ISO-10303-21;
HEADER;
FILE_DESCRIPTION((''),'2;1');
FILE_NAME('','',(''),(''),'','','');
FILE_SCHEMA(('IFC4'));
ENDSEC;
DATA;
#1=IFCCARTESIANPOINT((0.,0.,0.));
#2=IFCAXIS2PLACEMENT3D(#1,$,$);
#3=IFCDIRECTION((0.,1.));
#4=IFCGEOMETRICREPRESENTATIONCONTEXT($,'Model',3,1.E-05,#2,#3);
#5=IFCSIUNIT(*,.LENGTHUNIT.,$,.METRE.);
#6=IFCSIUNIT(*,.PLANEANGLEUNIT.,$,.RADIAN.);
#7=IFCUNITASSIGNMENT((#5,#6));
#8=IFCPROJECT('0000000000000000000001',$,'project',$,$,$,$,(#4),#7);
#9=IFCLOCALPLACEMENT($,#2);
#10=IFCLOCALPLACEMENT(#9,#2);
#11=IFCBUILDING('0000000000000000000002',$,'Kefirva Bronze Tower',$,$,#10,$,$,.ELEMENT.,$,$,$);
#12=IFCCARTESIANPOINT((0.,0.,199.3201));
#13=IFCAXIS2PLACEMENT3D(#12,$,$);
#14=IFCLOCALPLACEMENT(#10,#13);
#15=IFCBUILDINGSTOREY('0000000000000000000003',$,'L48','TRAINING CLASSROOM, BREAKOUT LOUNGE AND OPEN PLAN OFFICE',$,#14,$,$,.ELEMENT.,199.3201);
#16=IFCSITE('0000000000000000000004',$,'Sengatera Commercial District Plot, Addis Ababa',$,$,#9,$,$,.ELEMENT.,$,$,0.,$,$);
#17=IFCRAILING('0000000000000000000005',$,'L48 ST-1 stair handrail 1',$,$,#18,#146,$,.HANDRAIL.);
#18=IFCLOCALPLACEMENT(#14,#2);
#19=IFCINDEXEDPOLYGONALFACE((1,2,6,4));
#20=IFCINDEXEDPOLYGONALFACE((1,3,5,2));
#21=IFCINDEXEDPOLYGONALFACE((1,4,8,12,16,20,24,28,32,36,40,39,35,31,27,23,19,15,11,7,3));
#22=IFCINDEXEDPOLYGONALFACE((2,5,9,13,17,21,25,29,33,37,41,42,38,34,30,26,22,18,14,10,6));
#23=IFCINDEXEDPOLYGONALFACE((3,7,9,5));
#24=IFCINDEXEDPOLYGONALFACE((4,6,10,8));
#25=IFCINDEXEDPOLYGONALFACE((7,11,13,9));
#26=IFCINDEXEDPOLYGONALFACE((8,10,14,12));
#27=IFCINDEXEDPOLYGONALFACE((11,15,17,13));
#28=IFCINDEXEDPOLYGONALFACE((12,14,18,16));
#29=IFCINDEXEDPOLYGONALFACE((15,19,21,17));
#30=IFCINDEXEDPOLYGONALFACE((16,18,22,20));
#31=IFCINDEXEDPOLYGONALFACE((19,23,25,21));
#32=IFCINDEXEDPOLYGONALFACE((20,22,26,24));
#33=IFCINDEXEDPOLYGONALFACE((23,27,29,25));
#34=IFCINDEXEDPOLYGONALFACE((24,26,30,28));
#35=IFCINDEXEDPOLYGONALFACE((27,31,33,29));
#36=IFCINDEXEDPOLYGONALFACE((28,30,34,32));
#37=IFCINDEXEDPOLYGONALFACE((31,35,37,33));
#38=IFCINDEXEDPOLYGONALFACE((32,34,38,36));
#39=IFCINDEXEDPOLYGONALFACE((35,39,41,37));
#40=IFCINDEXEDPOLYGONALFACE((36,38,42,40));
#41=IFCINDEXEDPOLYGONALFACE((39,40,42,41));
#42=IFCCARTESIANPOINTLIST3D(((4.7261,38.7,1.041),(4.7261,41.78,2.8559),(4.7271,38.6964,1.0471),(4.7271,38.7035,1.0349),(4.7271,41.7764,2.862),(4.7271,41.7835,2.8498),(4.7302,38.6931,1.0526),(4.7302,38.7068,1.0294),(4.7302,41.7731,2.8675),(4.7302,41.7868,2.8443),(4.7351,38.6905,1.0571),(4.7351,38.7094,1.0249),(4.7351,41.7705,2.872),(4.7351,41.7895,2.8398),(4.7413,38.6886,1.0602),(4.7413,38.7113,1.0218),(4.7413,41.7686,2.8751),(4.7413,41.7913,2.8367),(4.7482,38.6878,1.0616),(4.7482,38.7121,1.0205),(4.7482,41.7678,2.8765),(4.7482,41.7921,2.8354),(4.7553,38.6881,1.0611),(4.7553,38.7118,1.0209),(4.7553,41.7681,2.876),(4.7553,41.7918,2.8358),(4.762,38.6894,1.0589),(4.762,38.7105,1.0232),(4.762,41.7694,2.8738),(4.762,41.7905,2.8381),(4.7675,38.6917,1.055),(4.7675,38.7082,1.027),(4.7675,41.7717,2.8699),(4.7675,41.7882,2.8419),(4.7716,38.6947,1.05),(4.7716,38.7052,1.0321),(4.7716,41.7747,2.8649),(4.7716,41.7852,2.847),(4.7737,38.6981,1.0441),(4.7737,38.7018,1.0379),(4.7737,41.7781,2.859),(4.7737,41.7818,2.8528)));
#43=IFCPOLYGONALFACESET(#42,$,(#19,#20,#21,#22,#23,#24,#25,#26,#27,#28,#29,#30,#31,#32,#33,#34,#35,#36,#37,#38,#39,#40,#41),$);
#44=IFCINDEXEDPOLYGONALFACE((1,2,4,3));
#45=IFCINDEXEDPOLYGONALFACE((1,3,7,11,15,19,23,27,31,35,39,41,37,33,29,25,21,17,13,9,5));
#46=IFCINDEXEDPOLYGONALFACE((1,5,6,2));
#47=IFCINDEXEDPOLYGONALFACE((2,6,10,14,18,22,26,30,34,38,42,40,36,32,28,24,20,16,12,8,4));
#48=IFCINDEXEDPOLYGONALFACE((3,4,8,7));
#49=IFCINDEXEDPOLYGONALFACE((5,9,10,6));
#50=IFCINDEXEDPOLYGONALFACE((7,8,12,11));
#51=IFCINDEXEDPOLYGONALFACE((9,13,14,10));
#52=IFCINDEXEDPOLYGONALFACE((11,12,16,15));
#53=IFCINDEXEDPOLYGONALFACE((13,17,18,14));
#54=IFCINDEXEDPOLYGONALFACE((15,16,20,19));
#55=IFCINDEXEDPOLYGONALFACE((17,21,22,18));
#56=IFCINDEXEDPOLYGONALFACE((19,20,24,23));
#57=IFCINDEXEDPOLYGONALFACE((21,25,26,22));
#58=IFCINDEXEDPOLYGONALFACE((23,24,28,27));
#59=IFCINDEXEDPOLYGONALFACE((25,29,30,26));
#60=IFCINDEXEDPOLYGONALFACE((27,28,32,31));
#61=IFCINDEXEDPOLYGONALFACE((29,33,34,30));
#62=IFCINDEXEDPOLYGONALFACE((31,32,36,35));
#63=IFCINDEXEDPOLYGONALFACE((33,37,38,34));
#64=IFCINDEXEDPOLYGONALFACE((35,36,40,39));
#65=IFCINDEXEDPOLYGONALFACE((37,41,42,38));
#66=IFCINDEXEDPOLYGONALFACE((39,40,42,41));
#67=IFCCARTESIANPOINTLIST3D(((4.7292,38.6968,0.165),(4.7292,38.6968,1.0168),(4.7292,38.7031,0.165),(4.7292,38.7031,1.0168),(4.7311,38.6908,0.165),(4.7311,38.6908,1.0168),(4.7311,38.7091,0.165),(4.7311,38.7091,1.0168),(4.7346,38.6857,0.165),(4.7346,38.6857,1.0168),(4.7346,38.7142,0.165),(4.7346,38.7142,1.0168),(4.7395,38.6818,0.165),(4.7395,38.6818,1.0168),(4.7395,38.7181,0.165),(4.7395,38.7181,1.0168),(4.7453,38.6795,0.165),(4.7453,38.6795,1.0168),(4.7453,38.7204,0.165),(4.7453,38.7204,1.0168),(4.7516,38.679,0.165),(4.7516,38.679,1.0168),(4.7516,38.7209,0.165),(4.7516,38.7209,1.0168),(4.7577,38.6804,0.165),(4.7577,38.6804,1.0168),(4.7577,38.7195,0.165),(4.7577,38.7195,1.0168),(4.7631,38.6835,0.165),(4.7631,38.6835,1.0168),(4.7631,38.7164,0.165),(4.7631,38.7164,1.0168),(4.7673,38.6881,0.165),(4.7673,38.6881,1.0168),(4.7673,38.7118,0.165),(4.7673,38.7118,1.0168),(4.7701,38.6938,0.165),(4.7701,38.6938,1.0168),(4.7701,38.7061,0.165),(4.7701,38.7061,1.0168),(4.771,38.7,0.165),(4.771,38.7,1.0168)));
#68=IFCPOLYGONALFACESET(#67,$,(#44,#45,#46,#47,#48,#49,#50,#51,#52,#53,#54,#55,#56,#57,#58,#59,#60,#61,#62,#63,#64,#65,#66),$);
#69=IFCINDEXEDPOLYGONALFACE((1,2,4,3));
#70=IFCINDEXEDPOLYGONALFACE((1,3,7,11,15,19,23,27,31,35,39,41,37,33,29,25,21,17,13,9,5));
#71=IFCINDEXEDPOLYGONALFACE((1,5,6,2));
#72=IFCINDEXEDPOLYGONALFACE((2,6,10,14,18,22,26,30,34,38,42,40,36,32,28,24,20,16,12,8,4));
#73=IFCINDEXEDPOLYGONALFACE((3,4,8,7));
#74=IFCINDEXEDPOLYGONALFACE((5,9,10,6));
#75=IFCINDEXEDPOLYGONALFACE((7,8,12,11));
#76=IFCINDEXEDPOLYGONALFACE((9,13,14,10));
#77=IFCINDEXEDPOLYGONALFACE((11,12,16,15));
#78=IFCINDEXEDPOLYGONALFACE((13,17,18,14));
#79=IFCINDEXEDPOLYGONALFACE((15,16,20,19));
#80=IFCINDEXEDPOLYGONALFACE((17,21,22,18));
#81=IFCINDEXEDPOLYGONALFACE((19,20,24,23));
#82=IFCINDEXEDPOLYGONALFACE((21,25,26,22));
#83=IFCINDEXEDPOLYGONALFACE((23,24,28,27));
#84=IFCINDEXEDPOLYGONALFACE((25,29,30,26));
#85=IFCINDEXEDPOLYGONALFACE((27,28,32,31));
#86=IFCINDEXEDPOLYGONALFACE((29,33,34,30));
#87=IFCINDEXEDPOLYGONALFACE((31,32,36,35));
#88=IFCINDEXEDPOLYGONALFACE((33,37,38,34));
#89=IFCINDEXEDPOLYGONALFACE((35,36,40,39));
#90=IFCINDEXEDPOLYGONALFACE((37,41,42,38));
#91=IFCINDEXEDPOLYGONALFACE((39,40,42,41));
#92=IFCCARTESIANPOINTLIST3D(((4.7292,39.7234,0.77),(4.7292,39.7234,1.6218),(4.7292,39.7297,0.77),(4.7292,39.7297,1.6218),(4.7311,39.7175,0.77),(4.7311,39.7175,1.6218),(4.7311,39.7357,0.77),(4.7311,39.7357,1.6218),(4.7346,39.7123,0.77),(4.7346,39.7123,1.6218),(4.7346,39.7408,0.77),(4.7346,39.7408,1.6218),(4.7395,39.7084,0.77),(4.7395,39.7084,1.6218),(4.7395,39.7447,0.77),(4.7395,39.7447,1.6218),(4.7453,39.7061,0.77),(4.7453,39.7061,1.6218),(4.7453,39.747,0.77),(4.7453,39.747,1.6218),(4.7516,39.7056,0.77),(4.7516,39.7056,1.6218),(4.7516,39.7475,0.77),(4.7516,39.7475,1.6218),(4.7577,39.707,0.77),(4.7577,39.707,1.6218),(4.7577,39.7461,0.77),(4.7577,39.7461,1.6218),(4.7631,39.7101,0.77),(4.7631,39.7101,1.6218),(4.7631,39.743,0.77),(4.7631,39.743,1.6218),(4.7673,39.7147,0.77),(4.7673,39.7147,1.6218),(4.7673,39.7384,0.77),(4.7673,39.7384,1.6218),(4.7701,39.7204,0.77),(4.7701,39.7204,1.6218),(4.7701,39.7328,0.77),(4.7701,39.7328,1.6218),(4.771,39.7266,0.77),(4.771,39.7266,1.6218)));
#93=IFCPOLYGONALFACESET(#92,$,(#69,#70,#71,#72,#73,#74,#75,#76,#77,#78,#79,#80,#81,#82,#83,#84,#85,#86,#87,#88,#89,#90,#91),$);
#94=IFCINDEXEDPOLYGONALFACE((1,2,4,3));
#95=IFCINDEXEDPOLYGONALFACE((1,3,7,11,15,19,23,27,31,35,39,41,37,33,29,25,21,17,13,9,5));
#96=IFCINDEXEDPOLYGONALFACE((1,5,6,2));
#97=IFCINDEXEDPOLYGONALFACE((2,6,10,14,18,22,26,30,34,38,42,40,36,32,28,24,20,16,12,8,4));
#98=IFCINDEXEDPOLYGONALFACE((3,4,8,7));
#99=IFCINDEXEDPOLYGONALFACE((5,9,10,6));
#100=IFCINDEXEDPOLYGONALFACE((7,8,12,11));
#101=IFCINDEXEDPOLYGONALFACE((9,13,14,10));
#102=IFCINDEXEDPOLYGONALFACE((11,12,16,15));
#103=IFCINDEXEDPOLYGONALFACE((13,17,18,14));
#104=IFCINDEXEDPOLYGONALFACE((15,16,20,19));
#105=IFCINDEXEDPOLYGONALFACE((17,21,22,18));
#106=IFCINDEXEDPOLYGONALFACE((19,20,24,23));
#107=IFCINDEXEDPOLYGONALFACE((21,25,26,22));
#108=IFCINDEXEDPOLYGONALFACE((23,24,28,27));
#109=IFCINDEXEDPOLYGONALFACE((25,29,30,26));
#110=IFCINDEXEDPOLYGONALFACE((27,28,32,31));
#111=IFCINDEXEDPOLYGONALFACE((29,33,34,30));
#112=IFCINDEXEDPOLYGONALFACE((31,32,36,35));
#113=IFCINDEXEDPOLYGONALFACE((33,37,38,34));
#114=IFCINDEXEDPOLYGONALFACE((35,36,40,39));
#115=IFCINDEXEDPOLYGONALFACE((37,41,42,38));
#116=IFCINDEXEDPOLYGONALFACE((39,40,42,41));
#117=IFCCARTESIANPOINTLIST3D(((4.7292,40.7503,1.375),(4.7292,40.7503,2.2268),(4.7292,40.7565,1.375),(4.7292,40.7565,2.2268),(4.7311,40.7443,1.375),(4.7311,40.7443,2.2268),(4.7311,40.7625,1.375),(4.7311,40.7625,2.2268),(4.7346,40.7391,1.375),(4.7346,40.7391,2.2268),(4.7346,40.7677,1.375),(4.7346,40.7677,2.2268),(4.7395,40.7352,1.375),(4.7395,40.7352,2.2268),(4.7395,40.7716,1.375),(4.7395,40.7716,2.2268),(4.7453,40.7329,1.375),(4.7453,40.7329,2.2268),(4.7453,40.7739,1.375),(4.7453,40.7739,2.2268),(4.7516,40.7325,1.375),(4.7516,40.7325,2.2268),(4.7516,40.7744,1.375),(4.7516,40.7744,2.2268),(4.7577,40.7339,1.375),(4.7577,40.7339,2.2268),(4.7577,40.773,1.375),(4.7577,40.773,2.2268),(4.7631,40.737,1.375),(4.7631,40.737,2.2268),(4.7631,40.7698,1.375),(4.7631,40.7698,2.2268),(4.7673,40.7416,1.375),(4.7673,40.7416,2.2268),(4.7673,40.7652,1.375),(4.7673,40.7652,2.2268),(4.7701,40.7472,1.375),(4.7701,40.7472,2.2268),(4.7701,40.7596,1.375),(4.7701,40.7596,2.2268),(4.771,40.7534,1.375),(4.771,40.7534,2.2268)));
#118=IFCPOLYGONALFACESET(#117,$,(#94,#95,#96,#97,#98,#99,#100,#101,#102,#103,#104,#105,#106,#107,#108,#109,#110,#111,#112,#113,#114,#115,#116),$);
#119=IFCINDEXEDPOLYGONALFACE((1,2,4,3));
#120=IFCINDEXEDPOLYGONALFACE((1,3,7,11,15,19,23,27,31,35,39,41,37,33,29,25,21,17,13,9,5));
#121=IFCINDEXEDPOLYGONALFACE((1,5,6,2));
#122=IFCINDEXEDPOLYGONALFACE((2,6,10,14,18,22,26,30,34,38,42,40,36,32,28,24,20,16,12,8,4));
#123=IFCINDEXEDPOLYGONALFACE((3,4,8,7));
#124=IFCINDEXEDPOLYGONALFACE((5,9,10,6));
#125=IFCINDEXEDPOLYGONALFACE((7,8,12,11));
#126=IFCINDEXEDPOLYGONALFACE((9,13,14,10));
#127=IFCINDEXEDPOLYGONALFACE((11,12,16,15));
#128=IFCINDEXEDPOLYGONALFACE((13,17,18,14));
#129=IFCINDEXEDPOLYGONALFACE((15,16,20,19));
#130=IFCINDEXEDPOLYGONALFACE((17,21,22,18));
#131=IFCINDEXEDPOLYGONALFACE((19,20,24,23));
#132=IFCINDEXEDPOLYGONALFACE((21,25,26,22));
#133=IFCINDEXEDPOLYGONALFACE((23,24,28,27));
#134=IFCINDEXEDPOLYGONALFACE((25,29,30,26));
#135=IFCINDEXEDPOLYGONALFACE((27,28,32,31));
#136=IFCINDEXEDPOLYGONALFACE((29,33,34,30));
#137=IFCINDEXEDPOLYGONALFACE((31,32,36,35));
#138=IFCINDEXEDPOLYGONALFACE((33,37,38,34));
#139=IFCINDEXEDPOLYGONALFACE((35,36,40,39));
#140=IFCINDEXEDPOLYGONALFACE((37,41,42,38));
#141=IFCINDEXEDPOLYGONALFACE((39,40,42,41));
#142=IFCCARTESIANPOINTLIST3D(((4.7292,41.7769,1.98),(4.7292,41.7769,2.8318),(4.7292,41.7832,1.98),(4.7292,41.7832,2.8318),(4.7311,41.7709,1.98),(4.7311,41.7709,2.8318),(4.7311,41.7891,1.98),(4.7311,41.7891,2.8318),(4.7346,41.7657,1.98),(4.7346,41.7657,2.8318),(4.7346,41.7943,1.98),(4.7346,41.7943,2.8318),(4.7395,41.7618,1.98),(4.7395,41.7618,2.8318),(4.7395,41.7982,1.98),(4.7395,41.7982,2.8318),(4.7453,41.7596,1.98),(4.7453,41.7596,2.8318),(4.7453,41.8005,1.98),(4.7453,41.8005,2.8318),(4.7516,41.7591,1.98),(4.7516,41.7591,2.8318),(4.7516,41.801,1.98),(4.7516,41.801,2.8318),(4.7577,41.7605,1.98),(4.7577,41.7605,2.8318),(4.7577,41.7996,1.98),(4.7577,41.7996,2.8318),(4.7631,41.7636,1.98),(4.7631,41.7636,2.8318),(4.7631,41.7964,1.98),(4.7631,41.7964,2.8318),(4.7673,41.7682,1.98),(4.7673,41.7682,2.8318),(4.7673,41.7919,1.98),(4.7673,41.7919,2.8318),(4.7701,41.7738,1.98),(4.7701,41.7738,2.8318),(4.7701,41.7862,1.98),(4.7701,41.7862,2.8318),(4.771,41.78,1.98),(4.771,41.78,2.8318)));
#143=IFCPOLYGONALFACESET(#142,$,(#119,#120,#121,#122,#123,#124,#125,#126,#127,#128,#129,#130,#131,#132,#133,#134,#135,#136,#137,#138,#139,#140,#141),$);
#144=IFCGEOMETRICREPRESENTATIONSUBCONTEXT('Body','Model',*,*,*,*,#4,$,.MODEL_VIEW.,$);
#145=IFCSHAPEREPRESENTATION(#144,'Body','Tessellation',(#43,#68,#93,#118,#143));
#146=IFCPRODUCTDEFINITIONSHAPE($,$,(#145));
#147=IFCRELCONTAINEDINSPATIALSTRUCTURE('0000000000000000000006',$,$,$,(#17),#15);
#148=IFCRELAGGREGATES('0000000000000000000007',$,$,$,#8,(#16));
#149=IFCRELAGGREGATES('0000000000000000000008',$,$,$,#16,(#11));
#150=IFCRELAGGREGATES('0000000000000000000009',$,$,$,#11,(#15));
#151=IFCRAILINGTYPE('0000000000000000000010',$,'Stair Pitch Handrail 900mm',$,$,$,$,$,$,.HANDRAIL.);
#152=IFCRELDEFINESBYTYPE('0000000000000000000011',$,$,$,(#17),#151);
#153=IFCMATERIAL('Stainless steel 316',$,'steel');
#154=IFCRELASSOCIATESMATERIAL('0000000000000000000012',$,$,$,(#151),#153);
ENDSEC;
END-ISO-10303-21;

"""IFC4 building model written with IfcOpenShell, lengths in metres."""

from ifc_helpers import new_model, si_unit, direction, frame, origin, origin_2d, place, context, subcontext, project, spatial, circle, extrude, material, type_object, element, save


model = new_model("IFC4")

# Units and contexts
model_context = context("Model", 3, precision=1e-05, world=origin(), true_north=direction((0.0, 1.0)))
body_context = subcontext(model_context, "Body", "Model", "MODEL_VIEW")
ifc_project = project(units=[si_unit("LENGTHUNIT", "METRE"), si_unit("PLANEANGLEUNIT", "RADIAN")], contexts=[model_context])

# Site, building, storey
site_placement = place(None, origin())
site = spatial("IfcSite", under=ifc_project, at=site_placement, Name="Sengatera Commercial District Plot, Addis Ababa", CompositionType="ELEMENT", RefElevation=0.0)
building_placement = place(site_placement, origin())
building = spatial("IfcBuilding", under=site, at=building_placement, Name="Kefirva Bronze Tower", CompositionType="ELEMENT")
storey_placement = place(building_placement, frame((0.0, 0.0, 199.3201)))
storey = spatial("IfcBuildingStorey", under=building, at=storey_placement, Name="L48", Description="TRAINING CLASSROOM, BREAKOUT LOUNGE AND OPEN PLAN OFFICE", CompositionType="ELEMENT", Elevation=199.3201)

# Shared definitions
ifc_material_1 = material(Name="Stainless steel 316", Category="steel")

# Railing
railing_type = type_object("IfcRailingType", Name="Stair Pitch Handrail 900mm", PredefinedType="HANDRAIL", material=ifc_material_1)
railing_placement = place(storey_placement, frame((4.75, 38.7, 0.165)))
element("IfcRailing", 1, at=railing_placement, inside=storey, type_object=railing_type, Name="L48 ST-1 stair handrail 1", PredefinedType="HANDRAIL", context=body_context, shape_type="SweptSolid", body=[
    extrude(circle(Radius=0.0239, at=origin_2d()), frame((0.0, 0.0, 0.876), z_axis=(0.0, 0.861551, 0.507671), x_axis=(-1.0, 0.0, 0.0)), (0.0, 0.0, 1.0), 3.575),
    extrude(circle(Radius=0.021, at=origin_2d()), origin(), (0.0, 0.0, 1.0), 0.8518),
    extrude(circle(Radius=0.021, at=origin_2d()), frame((0.0, 1.0266, 0.605)), (0.0, 0.0, 1.0), 0.8518),
    extrude(circle(Radius=0.021, at=origin_2d()), frame((0.0, 2.0535, 1.21)), (0.0, 0.0, 1.0), 0.8518),
    extrude(circle(Radius=0.021, at=origin_2d()), frame((0.0, 3.0801, 1.8149)), (0.0, 0.0, 1.0), 0.8518),
])

save(model, "model.ifc")
